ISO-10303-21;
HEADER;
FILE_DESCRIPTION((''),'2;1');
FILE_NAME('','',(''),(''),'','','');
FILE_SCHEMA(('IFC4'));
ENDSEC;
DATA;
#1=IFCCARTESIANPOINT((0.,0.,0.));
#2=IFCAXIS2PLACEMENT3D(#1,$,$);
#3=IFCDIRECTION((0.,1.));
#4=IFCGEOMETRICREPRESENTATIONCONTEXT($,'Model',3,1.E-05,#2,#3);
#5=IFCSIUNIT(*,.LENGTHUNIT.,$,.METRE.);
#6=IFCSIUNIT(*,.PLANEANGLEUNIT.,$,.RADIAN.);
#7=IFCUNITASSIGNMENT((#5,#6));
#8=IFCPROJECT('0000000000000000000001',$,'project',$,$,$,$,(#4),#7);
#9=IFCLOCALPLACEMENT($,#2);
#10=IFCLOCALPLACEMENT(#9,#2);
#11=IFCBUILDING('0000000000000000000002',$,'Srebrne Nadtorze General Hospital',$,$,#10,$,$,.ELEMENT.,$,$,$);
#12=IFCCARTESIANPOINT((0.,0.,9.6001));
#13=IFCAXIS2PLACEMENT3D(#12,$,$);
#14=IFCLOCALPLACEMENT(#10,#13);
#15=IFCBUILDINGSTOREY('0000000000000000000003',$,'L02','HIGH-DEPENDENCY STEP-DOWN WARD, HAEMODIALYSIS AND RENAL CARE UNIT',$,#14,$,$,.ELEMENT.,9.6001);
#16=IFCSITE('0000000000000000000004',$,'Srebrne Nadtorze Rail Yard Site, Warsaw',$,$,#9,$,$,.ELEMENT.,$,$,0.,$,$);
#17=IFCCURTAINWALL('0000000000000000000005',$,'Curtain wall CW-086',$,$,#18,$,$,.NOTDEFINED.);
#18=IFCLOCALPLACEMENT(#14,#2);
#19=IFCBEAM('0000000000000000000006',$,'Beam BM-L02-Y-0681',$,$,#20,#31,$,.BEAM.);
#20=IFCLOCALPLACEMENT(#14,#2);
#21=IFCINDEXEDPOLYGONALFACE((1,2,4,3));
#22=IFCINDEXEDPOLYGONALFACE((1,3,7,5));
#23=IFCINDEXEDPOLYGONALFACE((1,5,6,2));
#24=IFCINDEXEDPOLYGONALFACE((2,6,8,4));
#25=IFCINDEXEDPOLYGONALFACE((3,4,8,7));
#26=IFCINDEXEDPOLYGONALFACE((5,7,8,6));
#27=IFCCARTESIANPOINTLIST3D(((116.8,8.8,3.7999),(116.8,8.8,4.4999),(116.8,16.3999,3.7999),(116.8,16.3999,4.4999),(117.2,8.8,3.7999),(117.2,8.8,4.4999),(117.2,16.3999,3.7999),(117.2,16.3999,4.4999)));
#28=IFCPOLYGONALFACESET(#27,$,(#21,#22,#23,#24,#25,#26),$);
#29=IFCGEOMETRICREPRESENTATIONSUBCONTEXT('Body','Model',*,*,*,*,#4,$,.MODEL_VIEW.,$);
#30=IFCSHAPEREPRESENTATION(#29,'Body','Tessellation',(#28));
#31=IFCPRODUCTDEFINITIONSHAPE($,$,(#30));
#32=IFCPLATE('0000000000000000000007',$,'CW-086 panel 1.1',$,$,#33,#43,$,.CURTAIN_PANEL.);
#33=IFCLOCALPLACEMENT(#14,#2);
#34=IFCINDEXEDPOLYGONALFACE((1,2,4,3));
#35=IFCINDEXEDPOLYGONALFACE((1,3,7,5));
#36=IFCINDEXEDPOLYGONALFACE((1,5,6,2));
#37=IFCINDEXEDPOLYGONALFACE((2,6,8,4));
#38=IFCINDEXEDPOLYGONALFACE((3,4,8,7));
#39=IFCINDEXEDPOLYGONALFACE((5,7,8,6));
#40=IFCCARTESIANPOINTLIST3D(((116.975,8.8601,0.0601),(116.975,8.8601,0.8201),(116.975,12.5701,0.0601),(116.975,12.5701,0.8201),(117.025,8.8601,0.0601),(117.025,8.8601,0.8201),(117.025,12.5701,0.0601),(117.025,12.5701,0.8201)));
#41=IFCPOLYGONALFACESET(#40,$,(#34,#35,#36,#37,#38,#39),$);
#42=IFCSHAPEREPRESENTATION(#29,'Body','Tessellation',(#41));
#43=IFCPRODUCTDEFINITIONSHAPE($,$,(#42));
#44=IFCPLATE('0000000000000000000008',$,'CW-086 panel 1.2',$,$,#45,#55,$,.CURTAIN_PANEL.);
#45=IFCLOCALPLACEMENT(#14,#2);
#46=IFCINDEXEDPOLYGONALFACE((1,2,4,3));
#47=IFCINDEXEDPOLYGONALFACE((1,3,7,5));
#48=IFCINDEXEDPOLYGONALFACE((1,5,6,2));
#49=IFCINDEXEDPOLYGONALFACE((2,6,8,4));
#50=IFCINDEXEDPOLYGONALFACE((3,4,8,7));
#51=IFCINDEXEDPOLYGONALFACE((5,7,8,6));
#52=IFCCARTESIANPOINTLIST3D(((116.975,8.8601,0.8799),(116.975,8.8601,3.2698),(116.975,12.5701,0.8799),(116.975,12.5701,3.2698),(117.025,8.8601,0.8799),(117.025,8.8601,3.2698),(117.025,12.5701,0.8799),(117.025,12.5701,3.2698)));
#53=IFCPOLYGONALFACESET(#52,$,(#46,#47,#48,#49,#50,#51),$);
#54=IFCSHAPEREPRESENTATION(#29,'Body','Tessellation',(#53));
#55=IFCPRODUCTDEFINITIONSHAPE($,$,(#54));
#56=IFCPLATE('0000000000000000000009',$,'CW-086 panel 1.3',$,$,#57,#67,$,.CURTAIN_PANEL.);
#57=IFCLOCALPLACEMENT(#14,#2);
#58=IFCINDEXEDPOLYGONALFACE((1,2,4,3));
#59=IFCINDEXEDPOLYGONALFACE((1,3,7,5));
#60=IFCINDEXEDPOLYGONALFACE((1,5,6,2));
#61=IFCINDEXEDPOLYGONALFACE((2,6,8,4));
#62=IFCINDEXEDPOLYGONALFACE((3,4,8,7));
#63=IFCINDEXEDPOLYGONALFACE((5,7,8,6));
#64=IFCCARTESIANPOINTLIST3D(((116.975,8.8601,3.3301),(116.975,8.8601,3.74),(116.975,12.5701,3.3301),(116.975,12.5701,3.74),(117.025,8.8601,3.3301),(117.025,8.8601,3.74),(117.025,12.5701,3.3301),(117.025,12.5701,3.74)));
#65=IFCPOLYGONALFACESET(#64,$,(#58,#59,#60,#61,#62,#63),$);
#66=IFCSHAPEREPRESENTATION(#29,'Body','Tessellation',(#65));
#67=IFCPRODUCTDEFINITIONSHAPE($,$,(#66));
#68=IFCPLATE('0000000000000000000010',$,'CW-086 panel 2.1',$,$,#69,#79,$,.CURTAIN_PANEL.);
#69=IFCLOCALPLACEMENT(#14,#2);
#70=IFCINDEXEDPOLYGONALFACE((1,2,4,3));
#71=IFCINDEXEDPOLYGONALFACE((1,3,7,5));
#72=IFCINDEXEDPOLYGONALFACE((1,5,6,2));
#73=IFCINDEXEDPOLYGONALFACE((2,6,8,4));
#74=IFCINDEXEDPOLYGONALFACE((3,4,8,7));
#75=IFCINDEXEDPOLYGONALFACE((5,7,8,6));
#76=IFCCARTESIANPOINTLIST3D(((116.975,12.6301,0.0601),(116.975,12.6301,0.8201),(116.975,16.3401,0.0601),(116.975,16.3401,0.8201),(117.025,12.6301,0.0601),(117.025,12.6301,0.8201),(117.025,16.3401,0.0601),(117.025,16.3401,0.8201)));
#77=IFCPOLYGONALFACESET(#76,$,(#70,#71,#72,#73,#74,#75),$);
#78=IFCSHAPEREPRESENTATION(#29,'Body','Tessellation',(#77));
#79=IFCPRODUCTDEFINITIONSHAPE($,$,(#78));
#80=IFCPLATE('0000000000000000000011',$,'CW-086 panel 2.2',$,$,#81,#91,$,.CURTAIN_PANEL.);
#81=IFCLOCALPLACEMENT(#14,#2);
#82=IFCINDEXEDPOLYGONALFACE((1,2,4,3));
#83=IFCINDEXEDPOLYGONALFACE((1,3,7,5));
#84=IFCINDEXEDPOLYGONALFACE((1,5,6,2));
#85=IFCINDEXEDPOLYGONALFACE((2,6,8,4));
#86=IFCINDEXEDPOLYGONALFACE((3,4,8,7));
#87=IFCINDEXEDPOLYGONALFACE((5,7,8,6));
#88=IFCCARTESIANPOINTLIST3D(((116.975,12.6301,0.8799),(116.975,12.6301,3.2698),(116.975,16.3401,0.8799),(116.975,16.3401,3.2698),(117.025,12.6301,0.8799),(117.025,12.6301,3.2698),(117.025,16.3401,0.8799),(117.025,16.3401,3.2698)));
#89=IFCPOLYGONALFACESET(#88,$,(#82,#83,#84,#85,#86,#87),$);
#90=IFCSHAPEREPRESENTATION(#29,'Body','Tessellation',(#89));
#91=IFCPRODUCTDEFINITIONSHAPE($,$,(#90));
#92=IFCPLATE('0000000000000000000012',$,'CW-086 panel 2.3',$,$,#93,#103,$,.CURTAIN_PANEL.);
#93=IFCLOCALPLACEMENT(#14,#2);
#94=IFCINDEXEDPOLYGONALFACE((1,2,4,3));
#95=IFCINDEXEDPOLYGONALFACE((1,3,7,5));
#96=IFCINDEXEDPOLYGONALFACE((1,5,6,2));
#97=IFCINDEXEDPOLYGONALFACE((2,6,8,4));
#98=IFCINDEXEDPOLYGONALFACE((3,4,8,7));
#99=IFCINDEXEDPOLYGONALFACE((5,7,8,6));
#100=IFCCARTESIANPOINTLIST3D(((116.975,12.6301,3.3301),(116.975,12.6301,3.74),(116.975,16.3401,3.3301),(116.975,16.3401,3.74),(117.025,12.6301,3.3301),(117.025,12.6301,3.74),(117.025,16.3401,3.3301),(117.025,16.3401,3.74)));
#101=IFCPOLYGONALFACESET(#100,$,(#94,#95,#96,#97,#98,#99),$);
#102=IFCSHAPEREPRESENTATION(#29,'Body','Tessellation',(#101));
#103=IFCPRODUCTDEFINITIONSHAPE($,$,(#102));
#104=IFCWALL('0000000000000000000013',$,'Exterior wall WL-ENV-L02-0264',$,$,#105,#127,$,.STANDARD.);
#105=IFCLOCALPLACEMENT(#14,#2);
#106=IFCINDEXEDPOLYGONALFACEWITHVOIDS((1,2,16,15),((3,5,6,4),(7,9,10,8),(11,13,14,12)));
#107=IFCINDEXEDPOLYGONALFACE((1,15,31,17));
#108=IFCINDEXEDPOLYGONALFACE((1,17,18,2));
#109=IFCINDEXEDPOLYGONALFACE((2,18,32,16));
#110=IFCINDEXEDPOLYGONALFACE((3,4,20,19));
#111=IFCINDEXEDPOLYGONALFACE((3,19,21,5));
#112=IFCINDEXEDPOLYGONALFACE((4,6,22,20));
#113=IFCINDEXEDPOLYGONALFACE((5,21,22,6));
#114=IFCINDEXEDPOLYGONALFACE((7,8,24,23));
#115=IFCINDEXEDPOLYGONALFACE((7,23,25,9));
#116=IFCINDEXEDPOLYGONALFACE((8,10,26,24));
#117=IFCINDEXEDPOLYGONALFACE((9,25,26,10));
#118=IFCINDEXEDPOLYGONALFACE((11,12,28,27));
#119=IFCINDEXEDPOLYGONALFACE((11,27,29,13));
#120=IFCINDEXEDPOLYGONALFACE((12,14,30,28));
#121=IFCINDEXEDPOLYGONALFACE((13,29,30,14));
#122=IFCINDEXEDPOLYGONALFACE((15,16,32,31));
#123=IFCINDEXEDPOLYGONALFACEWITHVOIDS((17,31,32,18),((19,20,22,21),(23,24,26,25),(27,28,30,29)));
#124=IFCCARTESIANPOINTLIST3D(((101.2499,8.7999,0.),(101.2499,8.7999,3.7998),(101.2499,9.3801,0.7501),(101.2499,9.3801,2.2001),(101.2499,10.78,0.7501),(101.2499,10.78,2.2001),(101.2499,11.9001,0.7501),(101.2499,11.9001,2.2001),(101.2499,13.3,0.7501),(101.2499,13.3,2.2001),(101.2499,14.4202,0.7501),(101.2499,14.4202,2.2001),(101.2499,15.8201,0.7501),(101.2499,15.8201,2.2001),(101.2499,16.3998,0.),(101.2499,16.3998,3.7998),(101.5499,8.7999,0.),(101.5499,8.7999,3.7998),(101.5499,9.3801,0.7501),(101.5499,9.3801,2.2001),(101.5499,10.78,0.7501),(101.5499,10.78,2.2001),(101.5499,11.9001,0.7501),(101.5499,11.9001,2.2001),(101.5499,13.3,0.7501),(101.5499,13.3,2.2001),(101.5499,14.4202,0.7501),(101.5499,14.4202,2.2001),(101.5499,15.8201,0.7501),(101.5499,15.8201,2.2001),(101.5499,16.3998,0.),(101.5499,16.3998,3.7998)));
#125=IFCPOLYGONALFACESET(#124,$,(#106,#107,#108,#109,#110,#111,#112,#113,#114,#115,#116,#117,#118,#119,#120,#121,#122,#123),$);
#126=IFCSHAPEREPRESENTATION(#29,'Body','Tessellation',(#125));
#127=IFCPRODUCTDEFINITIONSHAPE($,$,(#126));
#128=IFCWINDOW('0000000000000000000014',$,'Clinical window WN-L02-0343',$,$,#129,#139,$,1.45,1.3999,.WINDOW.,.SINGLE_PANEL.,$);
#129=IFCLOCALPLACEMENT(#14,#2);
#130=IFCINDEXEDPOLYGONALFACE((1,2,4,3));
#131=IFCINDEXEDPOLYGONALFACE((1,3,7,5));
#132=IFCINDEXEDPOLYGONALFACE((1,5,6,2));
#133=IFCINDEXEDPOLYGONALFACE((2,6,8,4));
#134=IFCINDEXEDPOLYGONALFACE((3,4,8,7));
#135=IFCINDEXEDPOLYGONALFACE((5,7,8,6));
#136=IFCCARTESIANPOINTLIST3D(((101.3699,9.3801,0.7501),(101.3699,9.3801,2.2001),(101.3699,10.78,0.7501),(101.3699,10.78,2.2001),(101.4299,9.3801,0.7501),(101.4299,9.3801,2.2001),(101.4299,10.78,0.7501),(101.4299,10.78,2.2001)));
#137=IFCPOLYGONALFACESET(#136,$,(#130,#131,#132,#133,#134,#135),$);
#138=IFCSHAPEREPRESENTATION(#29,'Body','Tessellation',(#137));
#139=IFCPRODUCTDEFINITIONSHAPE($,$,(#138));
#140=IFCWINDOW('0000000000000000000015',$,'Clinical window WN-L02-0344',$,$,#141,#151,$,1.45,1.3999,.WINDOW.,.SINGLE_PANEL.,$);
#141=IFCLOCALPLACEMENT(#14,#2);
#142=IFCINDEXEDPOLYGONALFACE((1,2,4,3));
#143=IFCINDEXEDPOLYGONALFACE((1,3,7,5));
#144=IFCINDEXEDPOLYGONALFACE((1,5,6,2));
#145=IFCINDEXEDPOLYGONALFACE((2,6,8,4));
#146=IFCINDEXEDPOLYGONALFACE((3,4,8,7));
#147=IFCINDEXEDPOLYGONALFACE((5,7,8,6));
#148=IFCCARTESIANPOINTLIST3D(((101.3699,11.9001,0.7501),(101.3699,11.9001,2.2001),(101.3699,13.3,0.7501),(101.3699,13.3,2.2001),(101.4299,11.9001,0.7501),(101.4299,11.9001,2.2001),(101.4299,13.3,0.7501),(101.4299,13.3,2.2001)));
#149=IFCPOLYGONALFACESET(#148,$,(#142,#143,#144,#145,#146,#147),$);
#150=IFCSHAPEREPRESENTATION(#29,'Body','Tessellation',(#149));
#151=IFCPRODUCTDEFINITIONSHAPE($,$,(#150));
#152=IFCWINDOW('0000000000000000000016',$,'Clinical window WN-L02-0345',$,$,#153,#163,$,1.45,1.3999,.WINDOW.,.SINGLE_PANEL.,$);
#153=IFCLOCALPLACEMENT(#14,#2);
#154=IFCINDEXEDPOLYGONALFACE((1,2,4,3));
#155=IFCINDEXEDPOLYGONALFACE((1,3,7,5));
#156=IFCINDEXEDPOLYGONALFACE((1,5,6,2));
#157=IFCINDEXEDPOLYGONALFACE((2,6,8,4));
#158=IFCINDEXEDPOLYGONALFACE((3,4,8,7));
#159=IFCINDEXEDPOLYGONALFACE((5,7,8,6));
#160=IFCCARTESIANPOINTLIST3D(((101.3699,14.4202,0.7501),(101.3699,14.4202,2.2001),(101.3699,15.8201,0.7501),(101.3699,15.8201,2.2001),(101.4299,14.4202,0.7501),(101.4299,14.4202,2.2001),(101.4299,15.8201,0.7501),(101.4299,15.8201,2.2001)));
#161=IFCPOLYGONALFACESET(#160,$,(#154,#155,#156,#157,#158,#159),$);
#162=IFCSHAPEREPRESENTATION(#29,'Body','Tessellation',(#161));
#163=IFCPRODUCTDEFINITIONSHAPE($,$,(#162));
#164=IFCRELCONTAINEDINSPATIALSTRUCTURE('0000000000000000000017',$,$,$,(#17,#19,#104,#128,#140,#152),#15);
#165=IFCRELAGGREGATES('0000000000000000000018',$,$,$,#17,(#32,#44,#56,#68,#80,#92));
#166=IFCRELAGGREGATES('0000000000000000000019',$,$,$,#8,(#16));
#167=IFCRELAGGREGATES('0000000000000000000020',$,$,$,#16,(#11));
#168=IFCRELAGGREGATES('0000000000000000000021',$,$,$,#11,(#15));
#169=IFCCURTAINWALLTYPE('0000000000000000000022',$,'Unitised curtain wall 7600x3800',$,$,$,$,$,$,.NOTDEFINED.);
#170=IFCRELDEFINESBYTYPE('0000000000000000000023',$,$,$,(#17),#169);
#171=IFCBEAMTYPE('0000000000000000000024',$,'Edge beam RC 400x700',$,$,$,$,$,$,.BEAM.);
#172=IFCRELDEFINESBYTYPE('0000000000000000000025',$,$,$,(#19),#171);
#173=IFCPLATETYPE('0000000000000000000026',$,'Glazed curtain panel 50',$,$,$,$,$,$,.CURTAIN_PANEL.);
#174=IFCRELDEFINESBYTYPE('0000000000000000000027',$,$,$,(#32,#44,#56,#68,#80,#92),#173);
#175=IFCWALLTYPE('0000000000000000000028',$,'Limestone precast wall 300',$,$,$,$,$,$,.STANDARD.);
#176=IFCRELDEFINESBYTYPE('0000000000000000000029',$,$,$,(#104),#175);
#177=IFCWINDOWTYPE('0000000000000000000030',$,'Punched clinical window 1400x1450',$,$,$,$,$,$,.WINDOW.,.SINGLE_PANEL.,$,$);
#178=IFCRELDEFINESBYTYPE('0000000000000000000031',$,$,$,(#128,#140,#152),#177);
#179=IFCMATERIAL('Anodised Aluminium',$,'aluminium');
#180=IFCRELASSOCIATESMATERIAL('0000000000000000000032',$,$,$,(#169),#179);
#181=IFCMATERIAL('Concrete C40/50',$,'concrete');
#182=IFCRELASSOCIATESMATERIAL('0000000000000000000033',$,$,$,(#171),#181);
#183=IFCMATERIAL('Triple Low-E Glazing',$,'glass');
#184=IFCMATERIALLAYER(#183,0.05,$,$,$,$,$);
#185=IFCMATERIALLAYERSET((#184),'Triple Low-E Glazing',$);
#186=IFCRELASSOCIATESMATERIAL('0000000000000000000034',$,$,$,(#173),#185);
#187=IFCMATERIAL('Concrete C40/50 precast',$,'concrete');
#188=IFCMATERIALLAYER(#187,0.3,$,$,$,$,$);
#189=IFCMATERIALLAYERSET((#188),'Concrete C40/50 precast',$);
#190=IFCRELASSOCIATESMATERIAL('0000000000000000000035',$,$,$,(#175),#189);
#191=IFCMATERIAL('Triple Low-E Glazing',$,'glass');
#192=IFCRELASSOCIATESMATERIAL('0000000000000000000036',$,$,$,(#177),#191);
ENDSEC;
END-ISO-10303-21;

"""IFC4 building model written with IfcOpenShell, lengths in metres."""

from ifc_helpers import new_model, si_unit, direction, frame, frame_2d, origin, origin_2d, place, context, subcontext, project, spatial, rectangle, extrude, material, layer, layer_set, material_profile, profile_set, type_object, element, fill, aggregate, save


model = new_model("IFC4")

# Units and contexts
model_context = context("Model", 3, precision=1e-05, world=origin(), true_north=direction((0.0, 1.0)))
body_context = subcontext(model_context, "Body", "Model", "MODEL_VIEW")
ifc_project = project(units=[si_unit("LENGTHUNIT", "METRE"), si_unit("PLANEANGLEUNIT", "RADIAN")], contexts=[model_context])

# Site, building, storey
site_placement = place(None, origin())
site = spatial("IfcSite", under=ifc_project, at=site_placement, Name="Srebrne Nadtorze Rail Yard Site, Warsaw", CompositionType="ELEMENT", RefElevation=0.0)
building_placement = place(site_placement, origin())
building = spatial("IfcBuilding", under=site, at=building_placement, Name="Srebrne Nadtorze General Hospital", CompositionType="ELEMENT")
storey_placement = place(building_placement, frame((0.0, 0.0, 9.6001)))
storey = spatial("IfcBuildingStorey", under=building, at=storey_placement, Name="L02", Description="HIGH-DEPENDENCY STEP-DOWN WARD, HAEMODIALYSIS AND RENAL CARE UNIT", CompositionType="ELEMENT", Elevation=9.6001)

# Curtain wall
ifc_material_1 = material(Name="Anodised Aluminium", Category="aluminium")
curtain_wall_type = type_object("IfcCurtainWallType", Name="Unitised curtain wall 7600x3800", PredefinedType="NOTDEFINED", material=ifc_material_1)
curtain_wall_placement = place(storey_placement, origin())
curtain_wall = element("IfcCurtainWall", 1, at=curtain_wall_placement, inside=storey, type_object=curtain_wall_type, Name="Curtain wall CW-086", PredefinedType="NOTDEFINED")

# Beam
ifc_material_2 = material(Name="Concrete C40/50", Category="concrete")
ifc_material_profile_1 = material_profile(ifc_material_2, rectangle(XDim=0.3999, YDim=0.7, at=origin_2d()), Name="RC-BM-400x700")
ifc_profile_set_1 = profile_set([ifc_material_profile_1], Name="Concrete C40/50")
beam_type = type_object("IfcBeamType", Name="Edge beam RC 400x700", PredefinedType="BEAM", material=ifc_profile_set_1)
beam_placement = place(storey_placement, frame((117.0, 8.8, 4.1499), z_axis=(0.0, 1.0, 0.0), x_axis=(-1.0, 0.0, 0.0)))
element("IfcBeam", 2, at=beam_placement, inside=storey, type_object=beam_type, Name="Beam BM-L02-Y-0681", PredefinedType="BEAM", context=body_context, shape_type="SweptSolid", body=[
    extrude(rectangle(XDim=0.3999, YDim=0.7, at=origin_2d()), origin(), (0.0, 0.0, 1.0), 7.5999),
])

# Plates
ifc_material_3 = material(Name="Triple Low-E Glazing", Category="glass")
ifc_layer_1 = layer(ifc_material_3, 0.05)
ifc_layer_set_1 = layer_set([ifc_layer_1], Name="Triple Low-E Glazing")
plate_type = type_object("IfcPlateType", Name="Glazed curtain panel 50", PredefinedType="CURTAIN_PANEL", material=ifc_layer_set_1)
plate_1_placement = place(storey_placement, frame((117.0, 10.7151, 0.0601), z_axis=(0.0, 0.0, 1.0), x_axis=(0.0, 1.0, 0.0)))
plate_1 = element("IfcPlate", 3, at=plate_1_placement, type_object=plate_type, Name="CW-086 panel 1.1", PredefinedType="CURTAIN_PANEL", context=body_context, shape_type="SweptSolid", body=[
    extrude(rectangle(XDim=3.71, YDim=0.05, at=origin_2d()), origin(), (0.0, 0.0, 1.0), 0.76),
])
plate_2_placement = place(storey_placement, frame((117.0, 10.7151, 0.8799), z_axis=(0.0, 0.0, 1.0), x_axis=(0.0, 1.0, 0.0)))
plate_2 = element("IfcPlate", 4, at=plate_2_placement, type_object=plate_type, Name="CW-086 panel 1.2", PredefinedType="CURTAIN_PANEL", context=body_context, shape_type="SweptSolid", body=[
    extrude(rectangle(XDim=3.71, YDim=0.05, at=origin_2d()), origin(), (0.0, 0.0, 1.0), 2.3899),
])
plate_3_placement = place(storey_placement, frame((117.0, 10.7151, 3.3301), z_axis=(0.0, 0.0, 1.0), x_axis=(0.0, 1.0, 0.0)))
plate_3 = element("IfcPlate", 5, at=plate_3_placement, type_object=plate_type, Name="CW-086 panel 1.3", PredefinedType="CURTAIN_PANEL", context=body_context, shape_type="SweptSolid", body=[
    extrude(rectangle(XDim=3.71, YDim=0.05, at=origin_2d()), origin(), (0.0, 0.0, 1.0), 0.4099),
])
plate_4_placement = place(storey_placement, frame((117.0, 14.4851, 0.0601), z_axis=(0.0, 0.0, 1.0), x_axis=(0.0, 1.0, 0.0)))
plate_4 = element("IfcPlate", 6, at=plate_4_placement, type_object=plate_type, Name="CW-086 panel 2.1", PredefinedType="CURTAIN_PANEL", context=body_context, shape_type="SweptSolid", body=[
    extrude(rectangle(XDim=3.71, YDim=0.05, at=origin_2d()), origin(), (0.0, 0.0, 1.0), 0.76),
])
plate_5_placement = place(storey_placement, frame((117.0, 14.4851, 0.8799), z_axis=(0.0, 0.0, 1.0), x_axis=(0.0, 1.0, 0.0)))
plate_5 = element("IfcPlate", 7, at=plate_5_placement, type_object=plate_type, Name="CW-086 panel 2.2", PredefinedType="CURTAIN_PANEL", context=body_context, shape_type="SweptSolid", body=[
    extrude(rectangle(XDim=3.71, YDim=0.05, at=origin_2d()), origin(), (0.0, 0.0, 1.0), 2.3899),
])
plate_6_placement = place(storey_placement, frame((117.0, 14.4851, 3.3301), z_axis=(0.0, 0.0, 1.0), x_axis=(0.0, 1.0, 0.0)))
plate_6 = element("IfcPlate", 8, at=plate_6_placement, type_object=plate_type, Name="CW-086 panel 2.3", PredefinedType="CURTAIN_PANEL", context=body_context, shape_type="SweptSolid", body=[
    extrude(rectangle(XDim=3.71, YDim=0.05, at=origin_2d()), origin(), (0.0, 0.0, 1.0), 0.4099),
])
aggregate(curtain_wall, [plate_1, plate_2, plate_3, plate_4, plate_5, plate_6])

# Wall, openings, windows
ifc_material_4 = material(Name="Concrete C40/50 precast", Category="concrete")
ifc_layer_2 = layer(ifc_material_4, 0.3)
ifc_layer_set_2 = layer_set([ifc_layer_2], Name="Concrete C40/50 precast")
wall_type = type_object("IfcWallType", Name="Limestone precast wall 300", PredefinedType="STANDARD", material=ifc_layer_set_2)
wall_placement = place(storey_placement, frame((101.3999, 8.8, 0.0), z_axis=(0.0, 0.0, 1.0), x_axis=(0.0, 1.0, 0.0)))
wall = element("IfcWall", 9, at=wall_placement, inside=storey, type_object=wall_type, Name="Exterior wall WL-ENV-L02-0264", PredefinedType="STANDARD", context=body_context, shape_type="SweptSolid", body=[
    extrude(rectangle(XDim=7.5999, YDim=0.3, at=frame_2d((3.7998, 0.0))), origin(), (0.0, 0.0, 1.0), 3.7998),
])
opening_1_placement = place(wall_placement, frame((0.5801, 0.0, 0.75)))
opening_1 = element("IfcOpeningElement", 10, at=opening_1_placement, cuts=wall, PredefinedType="OPENING", context=body_context, shape_type="SweptSolid", body=[
    extrude(rectangle(XDim=1.3999, YDim=1.45, at=frame_2d((0.7, 0.7251))), frame((0.0, 0.1621, 0.0), z_axis=(0.0, -1.0, 0.0), x_axis=(1.0, 0.0, 0.0)), (0.0, 0.0, 1.0), 0.324),
])
opening_2_placement = place(wall_placement, frame((3.1001, 0.0, 0.75)))
opening_2 = element("IfcOpeningElement", 11, at=opening_2_placement, cuts=wall, PredefinedType="OPENING", context=body_context, shape_type="SweptSolid", body=[
    extrude(rectangle(XDim=1.3999, YDim=1.45, at=frame_2d((0.7, 0.7251))), frame((0.0, 0.1621, 0.0), z_axis=(0.0, -1.0, 0.0), x_axis=(1.0, 0.0, 0.0)), (0.0, 0.0, 1.0), 0.324),
])
opening_3_placement = place(wall_placement, frame((5.6201, 0.0, 0.75)))
opening_3 = element("IfcOpeningElement", 12, at=opening_3_placement, cuts=wall, PredefinedType="OPENING", context=body_context, shape_type="SweptSolid", body=[
    extrude(rectangle(XDim=1.3999, YDim=1.45, at=frame_2d((0.7, 0.7251))), frame((0.0, 0.1621, 0.0), z_axis=(0.0, -1.0, 0.0), x_axis=(1.0, 0.0, 0.0)), (0.0, 0.0, 1.0), 0.324),
])
ifc_material_5 = material(Name="Triple Low-E Glazing", Category="glass")
window_type = type_object("IfcWindowType", Name="Punched clinical window 1400x1450", PartitioningType="SINGLE_PANEL", PredefinedType="WINDOW", material=ifc_material_5)
window_1_placement = place(opening_1_placement, origin())
window_1 = element("IfcWindow", 13, at=window_1_placement, inside=storey, type_object=window_type, Name="Clinical window WN-L02-0343", OverallHeight=1.45, OverallWidth=1.3999, PartitioningType="SINGLE_PANEL", PredefinedType="WINDOW", context=body_context, shape_type="SweptSolid", body=[
    extrude(rectangle(XDim=1.3999, YDim=1.45, at=frame_2d((0.7, 0.7251))), frame((0.0, 0.03, 0.0), z_axis=(0.0, -1.0, 0.0), x_axis=(1.0, 0.0, 0.0)), (0.0, 0.0, 1.0), 0.0601),
])
fill(opening_1, window_1)
window_2_placement = place(opening_2_placement, origin())
window_2 = element("IfcWindow", 14, at=window_2_placement, inside=storey, type_object=window_type, Name="Clinical window WN-L02-0344", OverallHeight=1.45, OverallWidth=1.3999, PartitioningType="SINGLE_PANEL", PredefinedType="WINDOW", context=body_context, shape_type="SweptSolid", body=[
    extrude(rectangle(XDim=1.3999, YDim=1.45, at=frame_2d((0.7, 0.7251))), frame((0.0, 0.03, 0.0), z_axis=(0.0, -1.0, 0.0), x_axis=(1.0, 0.0, 0.0)), (0.0, 0.0, 1.0), 0.0601),
])
fill(opening_2, window_2)
window_3_placement = place(opening_3_placement, origin())
window_3 = element("IfcWindow", 15, at=window_3_placement, inside=storey, type_object=window_type, Name="Clinical window WN-L02-0345", OverallHeight=1.45, OverallWidth=1.3999, PartitioningType="SINGLE_PANEL", PredefinedType="WINDOW", context=body_context, shape_type="SweptSolid", body=[
    extrude(rectangle(XDim=1.3999, YDim=1.45, at=frame_2d((0.7, 0.7251))), frame((0.0, 0.03, 0.0), z_axis=(0.0, -1.0, 0.0), x_axis=(1.0, 0.0, 0.0)), (0.0, 0.0, 1.0), 0.0601),
])
fill(opening_3, window_3)

save(model, "model.ifc")
